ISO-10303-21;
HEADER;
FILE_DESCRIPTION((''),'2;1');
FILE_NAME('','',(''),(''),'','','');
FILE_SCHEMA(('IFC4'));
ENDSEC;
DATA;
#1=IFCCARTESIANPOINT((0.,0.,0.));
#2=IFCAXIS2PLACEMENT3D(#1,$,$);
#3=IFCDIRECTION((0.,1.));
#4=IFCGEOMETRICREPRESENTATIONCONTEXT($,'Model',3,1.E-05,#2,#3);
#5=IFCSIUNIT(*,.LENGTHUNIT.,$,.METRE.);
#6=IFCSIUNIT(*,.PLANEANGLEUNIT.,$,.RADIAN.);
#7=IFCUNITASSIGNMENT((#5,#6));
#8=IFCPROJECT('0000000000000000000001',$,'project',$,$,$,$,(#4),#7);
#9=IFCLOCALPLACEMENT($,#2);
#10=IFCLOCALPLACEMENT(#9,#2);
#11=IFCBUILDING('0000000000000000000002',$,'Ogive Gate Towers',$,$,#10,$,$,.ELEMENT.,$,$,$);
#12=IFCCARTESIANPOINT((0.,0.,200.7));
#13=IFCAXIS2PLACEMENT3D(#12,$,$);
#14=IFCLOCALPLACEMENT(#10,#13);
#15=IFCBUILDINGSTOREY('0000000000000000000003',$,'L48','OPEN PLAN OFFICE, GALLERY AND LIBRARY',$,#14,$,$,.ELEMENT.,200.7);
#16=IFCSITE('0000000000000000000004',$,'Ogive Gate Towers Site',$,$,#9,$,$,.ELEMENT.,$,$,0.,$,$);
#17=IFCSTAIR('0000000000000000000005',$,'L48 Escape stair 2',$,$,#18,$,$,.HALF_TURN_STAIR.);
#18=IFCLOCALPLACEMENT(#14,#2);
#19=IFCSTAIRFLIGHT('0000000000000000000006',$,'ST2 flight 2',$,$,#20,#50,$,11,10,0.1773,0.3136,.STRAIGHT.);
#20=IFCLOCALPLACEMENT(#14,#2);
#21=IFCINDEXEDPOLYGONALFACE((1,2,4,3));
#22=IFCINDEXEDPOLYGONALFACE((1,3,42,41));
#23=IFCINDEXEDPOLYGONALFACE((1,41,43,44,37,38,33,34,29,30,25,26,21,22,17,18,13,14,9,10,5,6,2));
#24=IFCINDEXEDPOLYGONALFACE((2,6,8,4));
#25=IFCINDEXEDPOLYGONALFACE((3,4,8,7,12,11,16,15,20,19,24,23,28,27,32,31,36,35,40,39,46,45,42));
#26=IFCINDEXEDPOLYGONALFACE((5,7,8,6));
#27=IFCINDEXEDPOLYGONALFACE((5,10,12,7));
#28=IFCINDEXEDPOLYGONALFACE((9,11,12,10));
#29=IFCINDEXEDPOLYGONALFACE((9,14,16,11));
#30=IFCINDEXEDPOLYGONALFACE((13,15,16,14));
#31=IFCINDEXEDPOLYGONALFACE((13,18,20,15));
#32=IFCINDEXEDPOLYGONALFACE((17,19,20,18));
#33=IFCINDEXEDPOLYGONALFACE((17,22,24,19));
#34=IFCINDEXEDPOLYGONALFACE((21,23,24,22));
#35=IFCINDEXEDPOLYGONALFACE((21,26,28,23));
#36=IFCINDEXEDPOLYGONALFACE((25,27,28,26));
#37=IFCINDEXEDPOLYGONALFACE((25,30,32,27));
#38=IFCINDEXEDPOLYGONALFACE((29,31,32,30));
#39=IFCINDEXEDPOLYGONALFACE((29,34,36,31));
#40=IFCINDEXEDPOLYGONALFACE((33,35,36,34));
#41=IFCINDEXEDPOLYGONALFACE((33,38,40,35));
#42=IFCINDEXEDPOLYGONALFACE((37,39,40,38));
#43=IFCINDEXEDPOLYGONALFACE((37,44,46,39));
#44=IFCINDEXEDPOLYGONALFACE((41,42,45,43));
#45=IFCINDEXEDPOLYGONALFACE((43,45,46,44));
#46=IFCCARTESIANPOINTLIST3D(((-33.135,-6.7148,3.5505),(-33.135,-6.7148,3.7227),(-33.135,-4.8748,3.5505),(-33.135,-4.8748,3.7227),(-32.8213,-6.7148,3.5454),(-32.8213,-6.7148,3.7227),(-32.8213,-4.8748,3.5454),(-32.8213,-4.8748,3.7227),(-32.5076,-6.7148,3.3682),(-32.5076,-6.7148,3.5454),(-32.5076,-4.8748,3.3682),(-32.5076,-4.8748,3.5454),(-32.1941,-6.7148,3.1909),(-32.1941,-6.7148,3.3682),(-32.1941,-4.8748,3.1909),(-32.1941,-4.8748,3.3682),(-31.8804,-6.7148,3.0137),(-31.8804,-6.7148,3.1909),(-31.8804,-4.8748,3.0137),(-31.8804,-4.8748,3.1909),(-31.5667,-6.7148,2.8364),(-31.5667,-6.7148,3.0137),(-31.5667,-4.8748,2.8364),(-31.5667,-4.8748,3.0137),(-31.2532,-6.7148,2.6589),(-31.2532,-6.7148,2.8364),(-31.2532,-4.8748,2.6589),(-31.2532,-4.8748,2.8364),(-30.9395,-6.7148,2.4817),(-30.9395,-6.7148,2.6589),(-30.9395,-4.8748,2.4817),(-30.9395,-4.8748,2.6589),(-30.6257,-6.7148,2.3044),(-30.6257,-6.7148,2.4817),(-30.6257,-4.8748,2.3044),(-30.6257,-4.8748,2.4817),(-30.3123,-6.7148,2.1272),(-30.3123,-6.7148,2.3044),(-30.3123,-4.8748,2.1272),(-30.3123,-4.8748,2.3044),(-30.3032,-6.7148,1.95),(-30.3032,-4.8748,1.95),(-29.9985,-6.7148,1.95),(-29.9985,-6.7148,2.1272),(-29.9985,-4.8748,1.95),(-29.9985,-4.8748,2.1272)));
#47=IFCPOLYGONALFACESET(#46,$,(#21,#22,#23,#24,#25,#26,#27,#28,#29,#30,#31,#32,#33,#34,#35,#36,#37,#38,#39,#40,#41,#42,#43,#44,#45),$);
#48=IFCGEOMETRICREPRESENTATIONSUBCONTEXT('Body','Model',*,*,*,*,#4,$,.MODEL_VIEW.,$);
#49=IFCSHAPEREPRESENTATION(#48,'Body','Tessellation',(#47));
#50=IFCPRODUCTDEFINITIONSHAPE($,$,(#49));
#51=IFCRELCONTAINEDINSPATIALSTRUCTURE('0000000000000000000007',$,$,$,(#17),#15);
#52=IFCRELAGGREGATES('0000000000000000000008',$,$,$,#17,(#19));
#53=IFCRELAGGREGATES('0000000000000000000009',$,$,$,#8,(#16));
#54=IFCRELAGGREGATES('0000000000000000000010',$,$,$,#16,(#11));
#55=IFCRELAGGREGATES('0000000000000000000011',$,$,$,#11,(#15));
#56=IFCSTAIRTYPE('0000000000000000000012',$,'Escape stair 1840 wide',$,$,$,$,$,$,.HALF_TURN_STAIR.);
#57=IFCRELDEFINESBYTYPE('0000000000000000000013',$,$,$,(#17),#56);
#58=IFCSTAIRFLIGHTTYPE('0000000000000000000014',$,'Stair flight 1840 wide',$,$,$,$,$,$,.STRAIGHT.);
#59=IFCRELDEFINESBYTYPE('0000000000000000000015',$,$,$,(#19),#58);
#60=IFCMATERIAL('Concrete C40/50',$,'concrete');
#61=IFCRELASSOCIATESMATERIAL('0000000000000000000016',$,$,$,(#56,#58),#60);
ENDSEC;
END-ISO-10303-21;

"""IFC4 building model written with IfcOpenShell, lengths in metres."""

from ifc_helpers import new_model, si_unit, direction, frame, origin, place, context, subcontext, project, spatial, polyline, outline, extrude, material, type_object, element, aggregate, save


model = new_model("IFC4")

# Units and contexts
model_context = context("Model", 3, precision=1e-05, world=origin(), true_north=direction((0.0, 1.0)))
body_context = subcontext(model_context, "Body", "Model", "MODEL_VIEW")
ifc_project = project(units=[si_unit("LENGTHUNIT", "METRE"), si_unit("PLANEANGLEUNIT", "RADIAN")], contexts=[model_context])

# Site, building, storey
site_placement = place(None, origin())
site = spatial("IfcSite", under=ifc_project, at=site_placement, Name="Ogive Gate Towers Site", CompositionType="ELEMENT", RefElevation=0.0)
building_placement = place(site_placement, origin())
building = spatial("IfcBuilding", under=site, at=building_placement, Name="Ogive Gate Towers", CompositionType="ELEMENT")
storey_placement = place(building_placement, frame((0.0, 0.0, 200.7)))
storey = spatial("IfcBuildingStorey", under=building, at=storey_placement, Name="L48", Description="OPEN PLAN OFFICE, GALLERY AND LIBRARY", CompositionType="ELEMENT", Elevation=200.7)

# Stair, stair flight
ifc_material_1 = material(Name="Concrete C40/50", Category="concrete")
stair_type = type_object("IfcStairType", Name="Escape stair 1840 wide", PredefinedType="HALF_TURN_STAIR", material=ifc_material_1)
stair_placement = place(storey_placement, origin())
stair = element("IfcStair", 1, at=stair_placement, inside=storey, type_object=stair_type, Name="L48 Escape stair 2", PredefinedType="HALF_TURN_STAIR")
stair_flight_type = type_object("IfcStairFlightType", Name="Stair flight 1840 wide", PredefinedType="STRAIGHT", material=ifc_material_1)
stair_flight_1_placement = place(storey_placement, frame((-29.9985, -5.7949, 1.95), z_axis=(0.0, 0.0, 1.0), x_axis=(-1.0, 0.0, 0.0)))
stair_flight_1 = element("IfcStairFlight", 2, at=stair_flight_1_placement, type_object=stair_flight_type, Name="ST2 flight 2", NumberOfRisers=11, NumberOfTreads=10, PredefinedType="STRAIGHT", RiserHeight=0.1773, TreadLength=0.3136, context=body_context, shape_type="SweptSolid", body=[
    extrude(outline(polyline([(0.0, 0.0), (0.0, 0.1772), (0.3137, 0.1772), (0.3137, 0.3545), (0.6272, 0.3545), (0.6272, 0.5317), (0.9409, 0.5317), (0.9409, 0.709), (1.2546, 0.709), (1.2546, 0.8865), (1.5681, 0.8865), (1.5681, 1.0637), (1.8818, 1.0637), (1.8818, 1.241), (2.1956, 1.241), (2.1956, 1.4182), (2.509, 1.4182), (2.509, 1.5955), (2.8228, 1.5955), (2.8228, 1.7727), (3.1365, 1.7727), (3.1365, 1.95), (3.1365, 1.6006), (0.3047, 0.0), (0.0, 0.0)])), frame((0.0, 0.9199, 0.0), z_axis=(0.0, -1.0, 0.0), x_axis=(1.0, 0.0, 0.0)), (0.0, 0.0, 1.0), 1.8401),
])
aggregate(stair, [stair_flight_1])

save(model, "model.ifc")
